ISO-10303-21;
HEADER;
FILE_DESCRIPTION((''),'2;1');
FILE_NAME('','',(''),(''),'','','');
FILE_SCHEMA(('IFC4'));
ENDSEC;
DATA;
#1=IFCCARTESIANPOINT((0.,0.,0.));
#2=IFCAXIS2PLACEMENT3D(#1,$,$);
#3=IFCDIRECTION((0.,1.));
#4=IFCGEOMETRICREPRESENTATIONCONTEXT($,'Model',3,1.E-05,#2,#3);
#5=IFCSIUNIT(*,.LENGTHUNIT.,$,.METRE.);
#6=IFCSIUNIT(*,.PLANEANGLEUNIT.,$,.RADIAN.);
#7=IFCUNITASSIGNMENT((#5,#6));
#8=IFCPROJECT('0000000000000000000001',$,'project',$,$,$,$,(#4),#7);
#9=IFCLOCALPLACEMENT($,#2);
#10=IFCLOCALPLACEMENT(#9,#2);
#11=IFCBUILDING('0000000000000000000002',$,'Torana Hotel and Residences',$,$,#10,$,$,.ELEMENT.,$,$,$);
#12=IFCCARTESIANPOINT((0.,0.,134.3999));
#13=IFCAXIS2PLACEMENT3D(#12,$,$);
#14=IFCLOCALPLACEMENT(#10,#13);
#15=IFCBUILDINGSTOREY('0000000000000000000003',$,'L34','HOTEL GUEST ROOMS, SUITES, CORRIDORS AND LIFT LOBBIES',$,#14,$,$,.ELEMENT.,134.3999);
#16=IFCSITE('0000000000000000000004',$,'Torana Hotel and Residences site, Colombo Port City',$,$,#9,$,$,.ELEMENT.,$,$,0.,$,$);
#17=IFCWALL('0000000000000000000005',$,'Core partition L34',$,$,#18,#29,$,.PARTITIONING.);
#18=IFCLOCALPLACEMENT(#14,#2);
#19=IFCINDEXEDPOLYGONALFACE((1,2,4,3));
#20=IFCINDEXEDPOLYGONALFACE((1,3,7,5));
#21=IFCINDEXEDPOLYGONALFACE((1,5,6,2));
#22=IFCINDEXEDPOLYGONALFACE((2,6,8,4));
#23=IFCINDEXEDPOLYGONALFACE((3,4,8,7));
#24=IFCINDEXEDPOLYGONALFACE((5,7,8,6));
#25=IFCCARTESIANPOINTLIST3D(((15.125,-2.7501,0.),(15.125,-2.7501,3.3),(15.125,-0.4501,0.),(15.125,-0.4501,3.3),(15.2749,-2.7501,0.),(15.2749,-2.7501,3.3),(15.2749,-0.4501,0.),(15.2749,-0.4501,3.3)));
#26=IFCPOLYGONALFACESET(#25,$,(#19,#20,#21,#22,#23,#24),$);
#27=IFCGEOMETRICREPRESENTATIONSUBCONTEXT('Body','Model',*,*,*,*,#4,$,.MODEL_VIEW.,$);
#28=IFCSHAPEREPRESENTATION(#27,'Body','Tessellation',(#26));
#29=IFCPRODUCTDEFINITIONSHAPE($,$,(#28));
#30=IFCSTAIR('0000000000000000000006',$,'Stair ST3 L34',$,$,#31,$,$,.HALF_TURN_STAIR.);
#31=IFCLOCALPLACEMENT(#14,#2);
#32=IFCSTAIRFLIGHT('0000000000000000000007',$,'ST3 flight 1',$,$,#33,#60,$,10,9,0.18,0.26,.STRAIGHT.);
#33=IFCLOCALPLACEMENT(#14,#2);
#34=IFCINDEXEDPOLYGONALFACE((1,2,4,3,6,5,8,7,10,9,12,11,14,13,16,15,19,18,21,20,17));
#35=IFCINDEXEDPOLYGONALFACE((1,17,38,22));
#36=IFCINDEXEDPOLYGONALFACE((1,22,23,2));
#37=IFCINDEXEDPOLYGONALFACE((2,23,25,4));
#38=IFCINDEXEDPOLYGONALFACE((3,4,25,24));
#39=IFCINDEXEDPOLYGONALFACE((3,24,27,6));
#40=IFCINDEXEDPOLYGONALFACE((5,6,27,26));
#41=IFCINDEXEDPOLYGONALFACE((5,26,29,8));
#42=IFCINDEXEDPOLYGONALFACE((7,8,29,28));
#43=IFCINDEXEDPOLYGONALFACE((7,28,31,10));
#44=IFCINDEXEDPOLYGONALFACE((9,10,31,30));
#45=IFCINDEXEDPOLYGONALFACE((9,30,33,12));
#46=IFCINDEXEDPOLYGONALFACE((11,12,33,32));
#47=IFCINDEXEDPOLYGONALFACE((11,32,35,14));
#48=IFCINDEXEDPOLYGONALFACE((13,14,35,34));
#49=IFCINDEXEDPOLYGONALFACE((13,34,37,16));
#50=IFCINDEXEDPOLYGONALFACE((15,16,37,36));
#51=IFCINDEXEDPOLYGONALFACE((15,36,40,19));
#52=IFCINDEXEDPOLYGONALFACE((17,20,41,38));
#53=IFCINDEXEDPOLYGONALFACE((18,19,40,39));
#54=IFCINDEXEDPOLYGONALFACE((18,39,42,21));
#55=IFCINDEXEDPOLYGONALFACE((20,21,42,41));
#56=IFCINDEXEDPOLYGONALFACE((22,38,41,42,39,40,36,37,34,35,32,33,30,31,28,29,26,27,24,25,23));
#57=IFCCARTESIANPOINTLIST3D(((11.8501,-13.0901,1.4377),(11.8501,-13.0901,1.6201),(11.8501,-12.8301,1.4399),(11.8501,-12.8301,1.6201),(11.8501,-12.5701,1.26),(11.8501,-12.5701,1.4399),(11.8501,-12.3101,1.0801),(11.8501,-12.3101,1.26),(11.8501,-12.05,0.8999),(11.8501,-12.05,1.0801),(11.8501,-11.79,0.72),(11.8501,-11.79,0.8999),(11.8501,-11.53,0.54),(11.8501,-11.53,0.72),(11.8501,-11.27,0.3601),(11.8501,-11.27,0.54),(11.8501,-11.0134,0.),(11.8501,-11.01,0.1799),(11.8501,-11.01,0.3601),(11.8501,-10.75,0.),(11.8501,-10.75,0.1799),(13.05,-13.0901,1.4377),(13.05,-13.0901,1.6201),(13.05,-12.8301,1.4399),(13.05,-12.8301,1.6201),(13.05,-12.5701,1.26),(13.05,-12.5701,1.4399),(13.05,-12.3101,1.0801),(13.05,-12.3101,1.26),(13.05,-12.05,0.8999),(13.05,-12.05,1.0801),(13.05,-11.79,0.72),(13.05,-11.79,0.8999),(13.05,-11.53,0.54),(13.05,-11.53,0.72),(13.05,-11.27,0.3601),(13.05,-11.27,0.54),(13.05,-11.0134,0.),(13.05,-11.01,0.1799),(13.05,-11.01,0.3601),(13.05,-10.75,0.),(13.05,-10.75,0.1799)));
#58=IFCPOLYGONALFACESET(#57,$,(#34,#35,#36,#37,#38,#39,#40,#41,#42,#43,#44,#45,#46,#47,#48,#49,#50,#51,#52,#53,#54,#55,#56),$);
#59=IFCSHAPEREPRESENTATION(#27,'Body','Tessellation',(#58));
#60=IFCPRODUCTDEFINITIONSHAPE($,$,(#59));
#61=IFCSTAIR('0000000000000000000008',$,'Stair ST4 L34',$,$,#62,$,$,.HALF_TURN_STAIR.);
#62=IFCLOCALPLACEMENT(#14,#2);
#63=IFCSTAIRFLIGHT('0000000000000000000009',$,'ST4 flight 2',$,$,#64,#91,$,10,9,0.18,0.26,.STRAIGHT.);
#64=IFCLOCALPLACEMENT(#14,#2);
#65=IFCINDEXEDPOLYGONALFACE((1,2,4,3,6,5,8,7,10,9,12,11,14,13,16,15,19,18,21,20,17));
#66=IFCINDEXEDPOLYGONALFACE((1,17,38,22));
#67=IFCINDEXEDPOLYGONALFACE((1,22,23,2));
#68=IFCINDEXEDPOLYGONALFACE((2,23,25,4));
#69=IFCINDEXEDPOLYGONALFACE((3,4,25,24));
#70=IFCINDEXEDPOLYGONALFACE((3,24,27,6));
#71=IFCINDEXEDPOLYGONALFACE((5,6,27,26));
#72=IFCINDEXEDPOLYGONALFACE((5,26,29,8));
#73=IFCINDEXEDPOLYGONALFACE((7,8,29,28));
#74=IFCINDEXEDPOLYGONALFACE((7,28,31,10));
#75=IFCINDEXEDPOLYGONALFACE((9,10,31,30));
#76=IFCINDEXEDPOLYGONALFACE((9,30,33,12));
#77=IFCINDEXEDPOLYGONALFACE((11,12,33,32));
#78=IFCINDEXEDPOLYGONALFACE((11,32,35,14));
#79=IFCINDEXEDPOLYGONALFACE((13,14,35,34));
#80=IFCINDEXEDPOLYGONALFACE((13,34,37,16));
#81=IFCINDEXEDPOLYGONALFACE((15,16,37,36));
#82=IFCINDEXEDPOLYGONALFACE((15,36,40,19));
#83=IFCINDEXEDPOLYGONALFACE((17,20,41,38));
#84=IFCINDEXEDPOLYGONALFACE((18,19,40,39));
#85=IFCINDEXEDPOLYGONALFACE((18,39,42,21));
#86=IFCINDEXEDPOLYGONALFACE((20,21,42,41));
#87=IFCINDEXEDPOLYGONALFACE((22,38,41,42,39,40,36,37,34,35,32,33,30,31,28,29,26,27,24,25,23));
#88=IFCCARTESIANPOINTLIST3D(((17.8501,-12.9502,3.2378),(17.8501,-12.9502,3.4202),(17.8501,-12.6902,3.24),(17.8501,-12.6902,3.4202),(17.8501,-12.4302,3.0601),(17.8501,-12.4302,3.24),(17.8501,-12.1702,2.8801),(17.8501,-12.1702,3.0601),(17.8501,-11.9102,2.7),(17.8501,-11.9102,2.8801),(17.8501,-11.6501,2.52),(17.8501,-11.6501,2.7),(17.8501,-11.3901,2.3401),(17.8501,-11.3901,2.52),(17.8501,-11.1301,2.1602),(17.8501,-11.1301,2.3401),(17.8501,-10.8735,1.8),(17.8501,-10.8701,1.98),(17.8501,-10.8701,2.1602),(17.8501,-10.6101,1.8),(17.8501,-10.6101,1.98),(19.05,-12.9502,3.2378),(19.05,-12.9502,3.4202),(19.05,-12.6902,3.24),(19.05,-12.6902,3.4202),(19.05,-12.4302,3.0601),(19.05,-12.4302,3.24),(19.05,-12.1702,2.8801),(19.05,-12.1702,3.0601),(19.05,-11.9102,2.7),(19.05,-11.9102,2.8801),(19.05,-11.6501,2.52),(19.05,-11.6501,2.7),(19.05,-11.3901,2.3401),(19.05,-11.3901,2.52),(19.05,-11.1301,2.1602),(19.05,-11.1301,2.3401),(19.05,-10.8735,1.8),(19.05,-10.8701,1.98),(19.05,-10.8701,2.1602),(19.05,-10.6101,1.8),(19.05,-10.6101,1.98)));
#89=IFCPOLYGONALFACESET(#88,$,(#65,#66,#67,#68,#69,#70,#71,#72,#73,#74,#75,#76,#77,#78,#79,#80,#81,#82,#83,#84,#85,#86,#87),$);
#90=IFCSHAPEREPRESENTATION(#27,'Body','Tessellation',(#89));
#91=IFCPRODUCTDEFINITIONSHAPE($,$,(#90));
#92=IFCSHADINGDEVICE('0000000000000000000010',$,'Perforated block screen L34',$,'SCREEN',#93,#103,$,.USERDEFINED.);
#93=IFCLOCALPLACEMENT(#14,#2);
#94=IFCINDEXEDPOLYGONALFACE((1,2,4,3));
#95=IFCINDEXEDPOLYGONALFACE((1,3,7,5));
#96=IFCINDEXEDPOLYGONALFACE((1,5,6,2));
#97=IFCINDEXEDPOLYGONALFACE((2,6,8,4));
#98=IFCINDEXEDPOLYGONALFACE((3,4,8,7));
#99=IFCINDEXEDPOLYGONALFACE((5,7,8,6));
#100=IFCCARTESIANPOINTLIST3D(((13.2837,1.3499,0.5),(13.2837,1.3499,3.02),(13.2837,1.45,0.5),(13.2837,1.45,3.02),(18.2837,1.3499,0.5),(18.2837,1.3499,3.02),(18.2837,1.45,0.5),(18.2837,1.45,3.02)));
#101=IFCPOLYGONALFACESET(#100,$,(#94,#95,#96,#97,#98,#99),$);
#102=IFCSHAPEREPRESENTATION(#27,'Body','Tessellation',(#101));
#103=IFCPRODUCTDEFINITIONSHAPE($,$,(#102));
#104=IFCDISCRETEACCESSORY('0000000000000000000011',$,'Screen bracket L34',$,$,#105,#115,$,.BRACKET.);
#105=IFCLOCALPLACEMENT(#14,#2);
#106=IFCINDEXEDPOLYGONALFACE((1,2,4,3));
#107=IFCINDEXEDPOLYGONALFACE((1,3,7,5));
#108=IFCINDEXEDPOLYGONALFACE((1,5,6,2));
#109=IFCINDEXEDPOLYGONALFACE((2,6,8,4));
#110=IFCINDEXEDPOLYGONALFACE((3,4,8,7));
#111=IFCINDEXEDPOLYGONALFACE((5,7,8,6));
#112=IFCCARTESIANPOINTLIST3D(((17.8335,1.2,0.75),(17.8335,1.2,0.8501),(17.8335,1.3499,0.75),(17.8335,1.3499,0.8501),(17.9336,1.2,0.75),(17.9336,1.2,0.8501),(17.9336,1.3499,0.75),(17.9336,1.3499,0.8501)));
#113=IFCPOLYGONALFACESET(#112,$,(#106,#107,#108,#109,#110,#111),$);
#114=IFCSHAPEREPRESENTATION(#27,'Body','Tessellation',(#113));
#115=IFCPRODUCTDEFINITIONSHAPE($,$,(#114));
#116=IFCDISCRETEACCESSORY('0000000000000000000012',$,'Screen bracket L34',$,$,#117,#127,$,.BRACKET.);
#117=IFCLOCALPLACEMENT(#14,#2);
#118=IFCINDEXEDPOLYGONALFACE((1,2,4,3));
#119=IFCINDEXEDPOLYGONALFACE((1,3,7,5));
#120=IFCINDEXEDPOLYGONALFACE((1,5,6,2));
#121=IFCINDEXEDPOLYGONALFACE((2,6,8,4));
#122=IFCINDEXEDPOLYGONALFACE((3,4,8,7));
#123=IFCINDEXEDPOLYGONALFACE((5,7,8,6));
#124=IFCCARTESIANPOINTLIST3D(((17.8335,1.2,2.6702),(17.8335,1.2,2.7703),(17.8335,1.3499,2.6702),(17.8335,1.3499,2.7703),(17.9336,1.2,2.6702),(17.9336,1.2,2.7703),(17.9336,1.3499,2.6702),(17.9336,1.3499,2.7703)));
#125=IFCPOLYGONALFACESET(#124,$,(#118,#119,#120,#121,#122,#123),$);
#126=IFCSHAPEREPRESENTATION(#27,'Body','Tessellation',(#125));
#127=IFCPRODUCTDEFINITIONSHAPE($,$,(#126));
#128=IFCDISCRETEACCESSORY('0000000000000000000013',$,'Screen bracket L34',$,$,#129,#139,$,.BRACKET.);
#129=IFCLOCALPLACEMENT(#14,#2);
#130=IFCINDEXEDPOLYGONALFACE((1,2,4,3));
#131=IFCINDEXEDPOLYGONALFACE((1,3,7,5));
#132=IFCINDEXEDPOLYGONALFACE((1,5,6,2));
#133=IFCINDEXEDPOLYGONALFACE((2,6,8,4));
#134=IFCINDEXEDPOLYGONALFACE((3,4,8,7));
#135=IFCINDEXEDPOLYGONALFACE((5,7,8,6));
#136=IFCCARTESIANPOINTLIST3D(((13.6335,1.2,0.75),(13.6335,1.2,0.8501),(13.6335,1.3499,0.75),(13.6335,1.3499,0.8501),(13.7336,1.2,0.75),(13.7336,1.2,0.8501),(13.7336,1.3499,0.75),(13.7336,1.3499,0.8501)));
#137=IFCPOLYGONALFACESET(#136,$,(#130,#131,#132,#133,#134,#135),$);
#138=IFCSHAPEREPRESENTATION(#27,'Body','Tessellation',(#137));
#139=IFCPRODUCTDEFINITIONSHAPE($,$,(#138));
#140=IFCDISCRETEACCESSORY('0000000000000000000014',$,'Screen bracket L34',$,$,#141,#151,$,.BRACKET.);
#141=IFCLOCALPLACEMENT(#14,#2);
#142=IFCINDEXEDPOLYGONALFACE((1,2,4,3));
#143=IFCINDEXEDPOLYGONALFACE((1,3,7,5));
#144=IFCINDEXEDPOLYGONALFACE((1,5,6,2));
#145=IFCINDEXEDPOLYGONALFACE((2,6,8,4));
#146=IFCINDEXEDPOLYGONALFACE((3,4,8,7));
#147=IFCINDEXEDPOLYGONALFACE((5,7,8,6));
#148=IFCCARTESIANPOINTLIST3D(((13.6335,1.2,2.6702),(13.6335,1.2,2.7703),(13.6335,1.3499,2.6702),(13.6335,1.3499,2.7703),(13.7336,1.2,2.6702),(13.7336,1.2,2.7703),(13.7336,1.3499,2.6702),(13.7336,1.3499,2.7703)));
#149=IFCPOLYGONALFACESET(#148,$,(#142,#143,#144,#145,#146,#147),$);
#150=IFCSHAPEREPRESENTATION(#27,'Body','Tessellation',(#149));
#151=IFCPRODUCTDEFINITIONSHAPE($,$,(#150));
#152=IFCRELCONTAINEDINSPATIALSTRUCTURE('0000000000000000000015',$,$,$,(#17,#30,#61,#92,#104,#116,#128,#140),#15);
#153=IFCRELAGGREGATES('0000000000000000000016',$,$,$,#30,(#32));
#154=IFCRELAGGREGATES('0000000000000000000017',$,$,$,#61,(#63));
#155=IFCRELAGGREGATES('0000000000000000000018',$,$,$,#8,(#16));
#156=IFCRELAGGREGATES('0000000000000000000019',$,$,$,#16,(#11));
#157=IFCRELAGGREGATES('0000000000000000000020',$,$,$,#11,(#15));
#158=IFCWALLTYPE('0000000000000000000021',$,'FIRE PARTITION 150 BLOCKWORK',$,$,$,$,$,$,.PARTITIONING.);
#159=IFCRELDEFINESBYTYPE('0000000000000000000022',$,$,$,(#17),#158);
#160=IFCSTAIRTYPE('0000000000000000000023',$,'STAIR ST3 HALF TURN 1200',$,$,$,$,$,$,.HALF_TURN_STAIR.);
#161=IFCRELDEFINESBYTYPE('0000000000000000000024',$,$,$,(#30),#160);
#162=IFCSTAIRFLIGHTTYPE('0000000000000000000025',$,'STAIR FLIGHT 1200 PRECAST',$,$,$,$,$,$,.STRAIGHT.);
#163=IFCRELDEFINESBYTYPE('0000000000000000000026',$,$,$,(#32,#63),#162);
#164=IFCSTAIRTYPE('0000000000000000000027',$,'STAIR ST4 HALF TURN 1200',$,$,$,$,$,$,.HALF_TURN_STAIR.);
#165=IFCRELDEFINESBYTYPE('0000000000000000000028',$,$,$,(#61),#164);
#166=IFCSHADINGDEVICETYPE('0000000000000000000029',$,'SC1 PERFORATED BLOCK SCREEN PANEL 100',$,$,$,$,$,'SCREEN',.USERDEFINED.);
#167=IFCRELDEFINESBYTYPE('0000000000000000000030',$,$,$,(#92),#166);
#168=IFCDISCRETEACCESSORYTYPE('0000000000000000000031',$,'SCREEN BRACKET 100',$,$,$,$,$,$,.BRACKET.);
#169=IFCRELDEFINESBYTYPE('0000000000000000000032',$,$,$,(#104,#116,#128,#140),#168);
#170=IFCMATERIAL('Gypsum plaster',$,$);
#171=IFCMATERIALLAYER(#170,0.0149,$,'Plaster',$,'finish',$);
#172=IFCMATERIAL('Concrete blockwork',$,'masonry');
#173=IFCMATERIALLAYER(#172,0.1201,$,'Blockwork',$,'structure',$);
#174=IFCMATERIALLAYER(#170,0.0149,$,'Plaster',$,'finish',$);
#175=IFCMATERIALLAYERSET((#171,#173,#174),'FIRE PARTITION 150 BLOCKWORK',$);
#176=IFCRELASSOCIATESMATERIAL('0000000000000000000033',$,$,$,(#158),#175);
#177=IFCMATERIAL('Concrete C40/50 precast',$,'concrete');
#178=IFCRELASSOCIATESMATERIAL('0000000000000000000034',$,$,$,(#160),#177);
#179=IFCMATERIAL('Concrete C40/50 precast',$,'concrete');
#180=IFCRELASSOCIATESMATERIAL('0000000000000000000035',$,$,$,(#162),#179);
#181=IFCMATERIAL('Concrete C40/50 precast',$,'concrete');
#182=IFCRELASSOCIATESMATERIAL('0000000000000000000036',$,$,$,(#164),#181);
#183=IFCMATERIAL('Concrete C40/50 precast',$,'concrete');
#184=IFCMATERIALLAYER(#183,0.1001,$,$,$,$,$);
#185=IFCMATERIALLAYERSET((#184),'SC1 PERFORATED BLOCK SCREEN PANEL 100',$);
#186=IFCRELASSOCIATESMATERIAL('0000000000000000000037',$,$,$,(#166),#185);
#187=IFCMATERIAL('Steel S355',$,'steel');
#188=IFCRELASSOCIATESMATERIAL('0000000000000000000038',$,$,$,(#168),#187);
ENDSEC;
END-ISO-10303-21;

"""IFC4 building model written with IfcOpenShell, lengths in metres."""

from ifc_helpers import new_model, si_unit, direction, frame, frame_2d, origin, origin_2d, place, context, subcontext, project, spatial, polyline, rectangle, outline, extrude, material, layer, layer_set, type_object, element, aggregate, save


model = new_model("IFC4")

# Units and contexts
model_context = context("Model", 3, precision=1e-05, world=origin(), true_north=direction((0.0, 1.0)))
body_context = subcontext(model_context, "Body", "Model", "MODEL_VIEW")
ifc_project = project(units=[si_unit("LENGTHUNIT", "METRE"), si_unit("PLANEANGLEUNIT", "RADIAN")], contexts=[model_context])

# Site, building, storey
site_placement = place(None, origin())
site = spatial("IfcSite", under=ifc_project, at=site_placement, Name="Torana Hotel and Residences site, Colombo Port City", CompositionType="ELEMENT", RefElevation=0.0)
building_placement = place(site_placement, origin())
building = spatial("IfcBuilding", under=site, at=building_placement, Name="Torana Hotel and Residences", CompositionType="ELEMENT")
storey_placement = place(building_placement, frame((0.0, 0.0, 134.3999)))
storey = spatial("IfcBuildingStorey", under=building, at=storey_placement, Name="L34", Description="HOTEL GUEST ROOMS, SUITES, CORRIDORS AND LIFT LOBBIES", CompositionType="ELEMENT", Elevation=134.3999)

# Wall
ifc_material_1 = material(Name="Gypsum plaster")
ifc_layer_1 = layer(ifc_material_1, 0.0149, Name="Plaster", Category="finish")
ifc_material_2 = material(Name="Concrete blockwork", Category="masonry")
ifc_layer_2 = layer(ifc_material_2, 0.1201, Name="Blockwork", Category="structure")
ifc_layer_3 = layer(ifc_material_1, 0.0149, Name="Plaster", Category="finish")
ifc_layer_set_1 = layer_set([ifc_layer_1, ifc_layer_2, ifc_layer_3], Name="FIRE PARTITION 150 BLOCKWORK")
wall_type_1 = type_object("IfcWallType", Name="FIRE PARTITION 150 BLOCKWORK", PredefinedType="PARTITIONING", material=ifc_layer_set_1)
wall_1_placement = place(storey_placement, frame((15.2, -2.75, 0.0), z_axis=(0.0, 0.0, 1.0), x_axis=(0.0, 1.0, 0.0)))
element("IfcWall", 1, at=wall_1_placement, inside=storey, type_object=wall_type_1, Name="Core partition L34", PredefinedType="PARTITIONING", context=body_context, shape_type="SweptSolid", body=[
    extrude(rectangle(XDim=2.3, YDim=0.1499, at=frame_2d((1.1499, 0.0))), origin(), (0.0, 0.0, 1.0), 3.3),
])

# Stairs, stair flights
ifc_material_3 = material(Name="Concrete C40/50 precast", Category="concrete")
stair_type_1 = type_object("IfcStairType", Name="STAIR ST3 HALF TURN 1200", PredefinedType="HALF_TURN_STAIR", material=ifc_material_3)
stair_1_placement = place(storey_placement, origin())
stair_1 = element("IfcStair", 2, at=stair_1_placement, inside=storey, type_object=stair_type_1, Name="Stair ST3 L34", PredefinedType="HALF_TURN_STAIR")
ifc_material_4 = material(Name="Concrete C40/50 precast", Category="concrete")
stair_flight_type = type_object("IfcStairFlightType", Name="STAIR FLIGHT 1200 PRECAST", PredefinedType="STRAIGHT", material=ifc_material_4)
stair_flight_1_placement = place(storey_placement, frame((12.45, -10.75, 0.0), z_axis=(0.0, 0.0, 1.0), x_axis=(0.0, -1.0, 0.0)))
stair_flight_1 = element("IfcStairFlight", 3, at=stair_flight_1_placement, type_object=stair_flight_type, Name="ST3 flight 1", NumberOfRisers=10, NumberOfTreads=9, PredefinedType="STRAIGHT", RiserHeight=0.18, TreadLength=0.26, context=body_context, shape_type="SweptSolid", body=[
    extrude(outline(polyline([(0.0, 0.0), (0.0, 0.1799), (0.26, 0.1799), (0.26, 0.3601), (0.52, 0.3601), (0.52, 0.54), (0.78, 0.54), (0.78, 0.72), (1.04, 0.72), (1.04, 0.8999), (1.3, 0.8999), (1.3, 1.0801), (1.5601, 1.0801), (1.5601, 1.26), (1.8201, 1.26), (1.8201, 1.4399), (2.0801, 1.4399), (2.0801, 1.6201), (2.3401, 1.6201), (2.3401, 1.8), (2.3401, 1.4377), (0.2634, 0.0), (0.0, 0.0)])), frame((0.0, 0.6001, 0.0), z_axis=(0.0, -1.0, 0.0), x_axis=(1.0, 0.0, 0.0)), (0.0, 0.0, 1.0), 1.2),
])
aggregate(stair_1, [stair_flight_1])
ifc_material_5 = material(Name="Concrete C40/50 precast", Category="concrete")
stair_type_2 = type_object("IfcStairType", Name="STAIR ST4 HALF TURN 1200", PredefinedType="HALF_TURN_STAIR", material=ifc_material_5)
stair_2_placement = place(storey_placement, origin())
stair_2 = element("IfcStair", 4, at=stair_2_placement, inside=storey, type_object=stair_type_2, Name="Stair ST4 L34", PredefinedType="HALF_TURN_STAIR")
stair_flight_2_placement = place(storey_placement, frame((18.45, -10.6101, 1.8), z_axis=(0.0, 0.0, 1.0), x_axis=(0.0, -1.0, 0.0)))
stair_flight_2 = element("IfcStairFlight", 5, at=stair_flight_2_placement, type_object=stair_flight_type, Name="ST4 flight 2", NumberOfRisers=10, NumberOfTreads=9, PredefinedType="STRAIGHT", RiserHeight=0.18, TreadLength=0.26, context=body_context, shape_type="SweptSolid", body=[
    extrude(outline(polyline([(0.0, 0.0), (0.0, 0.1799), (0.26, 0.1799), (0.26, 0.3601), (0.52, 0.3601), (0.52, 0.54), (0.78, 0.54), (0.78, 0.72), (1.04, 0.72), (1.04, 0.8999), (1.3, 0.8999), (1.3, 1.0801), (1.5601, 1.0801), (1.5601, 1.26), (1.8201, 1.26), (1.8201, 1.4399), (2.0801, 1.4399), (2.0801, 1.6201), (2.3401, 1.6201), (2.3401, 1.8), (2.3401, 1.4377), (0.2634, 0.0), (0.0, 0.0)])), frame((0.0, 0.6001, 0.0), z_axis=(0.0, -1.0, 0.0), x_axis=(1.0, 0.0, 0.0)), (0.0, 0.0, 1.0), 1.2),
])
aggregate(stair_2, [stair_flight_2])

# Shading device
ifc_material_6 = material(Name="Concrete C40/50 precast", Category="concrete")
ifc_layer_4 = layer(ifc_material_6, 0.1001)
ifc_layer_set_2 = layer_set([ifc_layer_4], Name="SC1 PERFORATED BLOCK SCREEN PANEL 100")
shading_device_type = type_object("IfcShadingDeviceType", Name="SC1 PERFORATED BLOCK SCREEN PANEL 100", ElementType="SCREEN", PredefinedType="USERDEFINED", material=ifc_layer_set_2)
shading_device_placement = place(storey_placement, frame((15.7837, 1.3999, 0.5), z_axis=(0.0, 0.0, 1.0), x_axis=(-1.0, 0.0, 0.0)))
element("IfcShadingDevice", 6, at=shading_device_placement, inside=storey, type_object=shading_device_type, Name="Perforated block screen L34", ObjectType="SCREEN", PredefinedType="USERDEFINED", context=body_context, shape_type="SweptSolid", body=[
    extrude(rectangle(XDim=5.0, YDim=0.1001, at=origin_2d()), origin(), (0.0, 0.0, 1.0), 2.52),
])

# Discrete accessories
ifc_material_7 = material(Name="Steel S355", Category="steel")
discrete_accessory_type = type_object("IfcDiscreteAccessoryType", Name="SCREEN BRACKET 100", PredefinedType="BRACKET", material=ifc_material_7)
for number, where, z_axis, x_axis, name in (
    (7, (17.8835, 1.2749, 0.75), (0.0, 0.0, 1.0), (-1.0, 0.0, 0.0), "Screen bracket L34"),
    (8, (17.8835, 1.2749, 2.6702), (0.0, 0.0, 1.0), (-1.0, 0.0, 0.0), "Screen bracket L34"),
    (9, (13.6836, 1.2749, 0.75), (0.0, 0.0, 1.0), (-1.0, 0.0, 0.0), "Screen bracket L34"),
    (10, (13.6836, 1.2749, 2.6702), (0.0, 0.0, 1.0), (-1.0, 0.0, 0.0), "Screen bracket L34"),
):
    element("IfcDiscreteAccessory", number, at=place(storey_placement, frame(where, z_axis=z_axis, x_axis=x_axis)), inside=storey, type_object=discrete_accessory_type, Name=name, PredefinedType="BRACKET", context=body_context, shape_type="SweptSolid", body=[
        extrude(rectangle(XDim=0.1001, YDim=0.1499, at=origin_2d()), origin(), (0.0, 0.0, 1.0), 0.1001),
    ])

save(model, "model.ifc")
